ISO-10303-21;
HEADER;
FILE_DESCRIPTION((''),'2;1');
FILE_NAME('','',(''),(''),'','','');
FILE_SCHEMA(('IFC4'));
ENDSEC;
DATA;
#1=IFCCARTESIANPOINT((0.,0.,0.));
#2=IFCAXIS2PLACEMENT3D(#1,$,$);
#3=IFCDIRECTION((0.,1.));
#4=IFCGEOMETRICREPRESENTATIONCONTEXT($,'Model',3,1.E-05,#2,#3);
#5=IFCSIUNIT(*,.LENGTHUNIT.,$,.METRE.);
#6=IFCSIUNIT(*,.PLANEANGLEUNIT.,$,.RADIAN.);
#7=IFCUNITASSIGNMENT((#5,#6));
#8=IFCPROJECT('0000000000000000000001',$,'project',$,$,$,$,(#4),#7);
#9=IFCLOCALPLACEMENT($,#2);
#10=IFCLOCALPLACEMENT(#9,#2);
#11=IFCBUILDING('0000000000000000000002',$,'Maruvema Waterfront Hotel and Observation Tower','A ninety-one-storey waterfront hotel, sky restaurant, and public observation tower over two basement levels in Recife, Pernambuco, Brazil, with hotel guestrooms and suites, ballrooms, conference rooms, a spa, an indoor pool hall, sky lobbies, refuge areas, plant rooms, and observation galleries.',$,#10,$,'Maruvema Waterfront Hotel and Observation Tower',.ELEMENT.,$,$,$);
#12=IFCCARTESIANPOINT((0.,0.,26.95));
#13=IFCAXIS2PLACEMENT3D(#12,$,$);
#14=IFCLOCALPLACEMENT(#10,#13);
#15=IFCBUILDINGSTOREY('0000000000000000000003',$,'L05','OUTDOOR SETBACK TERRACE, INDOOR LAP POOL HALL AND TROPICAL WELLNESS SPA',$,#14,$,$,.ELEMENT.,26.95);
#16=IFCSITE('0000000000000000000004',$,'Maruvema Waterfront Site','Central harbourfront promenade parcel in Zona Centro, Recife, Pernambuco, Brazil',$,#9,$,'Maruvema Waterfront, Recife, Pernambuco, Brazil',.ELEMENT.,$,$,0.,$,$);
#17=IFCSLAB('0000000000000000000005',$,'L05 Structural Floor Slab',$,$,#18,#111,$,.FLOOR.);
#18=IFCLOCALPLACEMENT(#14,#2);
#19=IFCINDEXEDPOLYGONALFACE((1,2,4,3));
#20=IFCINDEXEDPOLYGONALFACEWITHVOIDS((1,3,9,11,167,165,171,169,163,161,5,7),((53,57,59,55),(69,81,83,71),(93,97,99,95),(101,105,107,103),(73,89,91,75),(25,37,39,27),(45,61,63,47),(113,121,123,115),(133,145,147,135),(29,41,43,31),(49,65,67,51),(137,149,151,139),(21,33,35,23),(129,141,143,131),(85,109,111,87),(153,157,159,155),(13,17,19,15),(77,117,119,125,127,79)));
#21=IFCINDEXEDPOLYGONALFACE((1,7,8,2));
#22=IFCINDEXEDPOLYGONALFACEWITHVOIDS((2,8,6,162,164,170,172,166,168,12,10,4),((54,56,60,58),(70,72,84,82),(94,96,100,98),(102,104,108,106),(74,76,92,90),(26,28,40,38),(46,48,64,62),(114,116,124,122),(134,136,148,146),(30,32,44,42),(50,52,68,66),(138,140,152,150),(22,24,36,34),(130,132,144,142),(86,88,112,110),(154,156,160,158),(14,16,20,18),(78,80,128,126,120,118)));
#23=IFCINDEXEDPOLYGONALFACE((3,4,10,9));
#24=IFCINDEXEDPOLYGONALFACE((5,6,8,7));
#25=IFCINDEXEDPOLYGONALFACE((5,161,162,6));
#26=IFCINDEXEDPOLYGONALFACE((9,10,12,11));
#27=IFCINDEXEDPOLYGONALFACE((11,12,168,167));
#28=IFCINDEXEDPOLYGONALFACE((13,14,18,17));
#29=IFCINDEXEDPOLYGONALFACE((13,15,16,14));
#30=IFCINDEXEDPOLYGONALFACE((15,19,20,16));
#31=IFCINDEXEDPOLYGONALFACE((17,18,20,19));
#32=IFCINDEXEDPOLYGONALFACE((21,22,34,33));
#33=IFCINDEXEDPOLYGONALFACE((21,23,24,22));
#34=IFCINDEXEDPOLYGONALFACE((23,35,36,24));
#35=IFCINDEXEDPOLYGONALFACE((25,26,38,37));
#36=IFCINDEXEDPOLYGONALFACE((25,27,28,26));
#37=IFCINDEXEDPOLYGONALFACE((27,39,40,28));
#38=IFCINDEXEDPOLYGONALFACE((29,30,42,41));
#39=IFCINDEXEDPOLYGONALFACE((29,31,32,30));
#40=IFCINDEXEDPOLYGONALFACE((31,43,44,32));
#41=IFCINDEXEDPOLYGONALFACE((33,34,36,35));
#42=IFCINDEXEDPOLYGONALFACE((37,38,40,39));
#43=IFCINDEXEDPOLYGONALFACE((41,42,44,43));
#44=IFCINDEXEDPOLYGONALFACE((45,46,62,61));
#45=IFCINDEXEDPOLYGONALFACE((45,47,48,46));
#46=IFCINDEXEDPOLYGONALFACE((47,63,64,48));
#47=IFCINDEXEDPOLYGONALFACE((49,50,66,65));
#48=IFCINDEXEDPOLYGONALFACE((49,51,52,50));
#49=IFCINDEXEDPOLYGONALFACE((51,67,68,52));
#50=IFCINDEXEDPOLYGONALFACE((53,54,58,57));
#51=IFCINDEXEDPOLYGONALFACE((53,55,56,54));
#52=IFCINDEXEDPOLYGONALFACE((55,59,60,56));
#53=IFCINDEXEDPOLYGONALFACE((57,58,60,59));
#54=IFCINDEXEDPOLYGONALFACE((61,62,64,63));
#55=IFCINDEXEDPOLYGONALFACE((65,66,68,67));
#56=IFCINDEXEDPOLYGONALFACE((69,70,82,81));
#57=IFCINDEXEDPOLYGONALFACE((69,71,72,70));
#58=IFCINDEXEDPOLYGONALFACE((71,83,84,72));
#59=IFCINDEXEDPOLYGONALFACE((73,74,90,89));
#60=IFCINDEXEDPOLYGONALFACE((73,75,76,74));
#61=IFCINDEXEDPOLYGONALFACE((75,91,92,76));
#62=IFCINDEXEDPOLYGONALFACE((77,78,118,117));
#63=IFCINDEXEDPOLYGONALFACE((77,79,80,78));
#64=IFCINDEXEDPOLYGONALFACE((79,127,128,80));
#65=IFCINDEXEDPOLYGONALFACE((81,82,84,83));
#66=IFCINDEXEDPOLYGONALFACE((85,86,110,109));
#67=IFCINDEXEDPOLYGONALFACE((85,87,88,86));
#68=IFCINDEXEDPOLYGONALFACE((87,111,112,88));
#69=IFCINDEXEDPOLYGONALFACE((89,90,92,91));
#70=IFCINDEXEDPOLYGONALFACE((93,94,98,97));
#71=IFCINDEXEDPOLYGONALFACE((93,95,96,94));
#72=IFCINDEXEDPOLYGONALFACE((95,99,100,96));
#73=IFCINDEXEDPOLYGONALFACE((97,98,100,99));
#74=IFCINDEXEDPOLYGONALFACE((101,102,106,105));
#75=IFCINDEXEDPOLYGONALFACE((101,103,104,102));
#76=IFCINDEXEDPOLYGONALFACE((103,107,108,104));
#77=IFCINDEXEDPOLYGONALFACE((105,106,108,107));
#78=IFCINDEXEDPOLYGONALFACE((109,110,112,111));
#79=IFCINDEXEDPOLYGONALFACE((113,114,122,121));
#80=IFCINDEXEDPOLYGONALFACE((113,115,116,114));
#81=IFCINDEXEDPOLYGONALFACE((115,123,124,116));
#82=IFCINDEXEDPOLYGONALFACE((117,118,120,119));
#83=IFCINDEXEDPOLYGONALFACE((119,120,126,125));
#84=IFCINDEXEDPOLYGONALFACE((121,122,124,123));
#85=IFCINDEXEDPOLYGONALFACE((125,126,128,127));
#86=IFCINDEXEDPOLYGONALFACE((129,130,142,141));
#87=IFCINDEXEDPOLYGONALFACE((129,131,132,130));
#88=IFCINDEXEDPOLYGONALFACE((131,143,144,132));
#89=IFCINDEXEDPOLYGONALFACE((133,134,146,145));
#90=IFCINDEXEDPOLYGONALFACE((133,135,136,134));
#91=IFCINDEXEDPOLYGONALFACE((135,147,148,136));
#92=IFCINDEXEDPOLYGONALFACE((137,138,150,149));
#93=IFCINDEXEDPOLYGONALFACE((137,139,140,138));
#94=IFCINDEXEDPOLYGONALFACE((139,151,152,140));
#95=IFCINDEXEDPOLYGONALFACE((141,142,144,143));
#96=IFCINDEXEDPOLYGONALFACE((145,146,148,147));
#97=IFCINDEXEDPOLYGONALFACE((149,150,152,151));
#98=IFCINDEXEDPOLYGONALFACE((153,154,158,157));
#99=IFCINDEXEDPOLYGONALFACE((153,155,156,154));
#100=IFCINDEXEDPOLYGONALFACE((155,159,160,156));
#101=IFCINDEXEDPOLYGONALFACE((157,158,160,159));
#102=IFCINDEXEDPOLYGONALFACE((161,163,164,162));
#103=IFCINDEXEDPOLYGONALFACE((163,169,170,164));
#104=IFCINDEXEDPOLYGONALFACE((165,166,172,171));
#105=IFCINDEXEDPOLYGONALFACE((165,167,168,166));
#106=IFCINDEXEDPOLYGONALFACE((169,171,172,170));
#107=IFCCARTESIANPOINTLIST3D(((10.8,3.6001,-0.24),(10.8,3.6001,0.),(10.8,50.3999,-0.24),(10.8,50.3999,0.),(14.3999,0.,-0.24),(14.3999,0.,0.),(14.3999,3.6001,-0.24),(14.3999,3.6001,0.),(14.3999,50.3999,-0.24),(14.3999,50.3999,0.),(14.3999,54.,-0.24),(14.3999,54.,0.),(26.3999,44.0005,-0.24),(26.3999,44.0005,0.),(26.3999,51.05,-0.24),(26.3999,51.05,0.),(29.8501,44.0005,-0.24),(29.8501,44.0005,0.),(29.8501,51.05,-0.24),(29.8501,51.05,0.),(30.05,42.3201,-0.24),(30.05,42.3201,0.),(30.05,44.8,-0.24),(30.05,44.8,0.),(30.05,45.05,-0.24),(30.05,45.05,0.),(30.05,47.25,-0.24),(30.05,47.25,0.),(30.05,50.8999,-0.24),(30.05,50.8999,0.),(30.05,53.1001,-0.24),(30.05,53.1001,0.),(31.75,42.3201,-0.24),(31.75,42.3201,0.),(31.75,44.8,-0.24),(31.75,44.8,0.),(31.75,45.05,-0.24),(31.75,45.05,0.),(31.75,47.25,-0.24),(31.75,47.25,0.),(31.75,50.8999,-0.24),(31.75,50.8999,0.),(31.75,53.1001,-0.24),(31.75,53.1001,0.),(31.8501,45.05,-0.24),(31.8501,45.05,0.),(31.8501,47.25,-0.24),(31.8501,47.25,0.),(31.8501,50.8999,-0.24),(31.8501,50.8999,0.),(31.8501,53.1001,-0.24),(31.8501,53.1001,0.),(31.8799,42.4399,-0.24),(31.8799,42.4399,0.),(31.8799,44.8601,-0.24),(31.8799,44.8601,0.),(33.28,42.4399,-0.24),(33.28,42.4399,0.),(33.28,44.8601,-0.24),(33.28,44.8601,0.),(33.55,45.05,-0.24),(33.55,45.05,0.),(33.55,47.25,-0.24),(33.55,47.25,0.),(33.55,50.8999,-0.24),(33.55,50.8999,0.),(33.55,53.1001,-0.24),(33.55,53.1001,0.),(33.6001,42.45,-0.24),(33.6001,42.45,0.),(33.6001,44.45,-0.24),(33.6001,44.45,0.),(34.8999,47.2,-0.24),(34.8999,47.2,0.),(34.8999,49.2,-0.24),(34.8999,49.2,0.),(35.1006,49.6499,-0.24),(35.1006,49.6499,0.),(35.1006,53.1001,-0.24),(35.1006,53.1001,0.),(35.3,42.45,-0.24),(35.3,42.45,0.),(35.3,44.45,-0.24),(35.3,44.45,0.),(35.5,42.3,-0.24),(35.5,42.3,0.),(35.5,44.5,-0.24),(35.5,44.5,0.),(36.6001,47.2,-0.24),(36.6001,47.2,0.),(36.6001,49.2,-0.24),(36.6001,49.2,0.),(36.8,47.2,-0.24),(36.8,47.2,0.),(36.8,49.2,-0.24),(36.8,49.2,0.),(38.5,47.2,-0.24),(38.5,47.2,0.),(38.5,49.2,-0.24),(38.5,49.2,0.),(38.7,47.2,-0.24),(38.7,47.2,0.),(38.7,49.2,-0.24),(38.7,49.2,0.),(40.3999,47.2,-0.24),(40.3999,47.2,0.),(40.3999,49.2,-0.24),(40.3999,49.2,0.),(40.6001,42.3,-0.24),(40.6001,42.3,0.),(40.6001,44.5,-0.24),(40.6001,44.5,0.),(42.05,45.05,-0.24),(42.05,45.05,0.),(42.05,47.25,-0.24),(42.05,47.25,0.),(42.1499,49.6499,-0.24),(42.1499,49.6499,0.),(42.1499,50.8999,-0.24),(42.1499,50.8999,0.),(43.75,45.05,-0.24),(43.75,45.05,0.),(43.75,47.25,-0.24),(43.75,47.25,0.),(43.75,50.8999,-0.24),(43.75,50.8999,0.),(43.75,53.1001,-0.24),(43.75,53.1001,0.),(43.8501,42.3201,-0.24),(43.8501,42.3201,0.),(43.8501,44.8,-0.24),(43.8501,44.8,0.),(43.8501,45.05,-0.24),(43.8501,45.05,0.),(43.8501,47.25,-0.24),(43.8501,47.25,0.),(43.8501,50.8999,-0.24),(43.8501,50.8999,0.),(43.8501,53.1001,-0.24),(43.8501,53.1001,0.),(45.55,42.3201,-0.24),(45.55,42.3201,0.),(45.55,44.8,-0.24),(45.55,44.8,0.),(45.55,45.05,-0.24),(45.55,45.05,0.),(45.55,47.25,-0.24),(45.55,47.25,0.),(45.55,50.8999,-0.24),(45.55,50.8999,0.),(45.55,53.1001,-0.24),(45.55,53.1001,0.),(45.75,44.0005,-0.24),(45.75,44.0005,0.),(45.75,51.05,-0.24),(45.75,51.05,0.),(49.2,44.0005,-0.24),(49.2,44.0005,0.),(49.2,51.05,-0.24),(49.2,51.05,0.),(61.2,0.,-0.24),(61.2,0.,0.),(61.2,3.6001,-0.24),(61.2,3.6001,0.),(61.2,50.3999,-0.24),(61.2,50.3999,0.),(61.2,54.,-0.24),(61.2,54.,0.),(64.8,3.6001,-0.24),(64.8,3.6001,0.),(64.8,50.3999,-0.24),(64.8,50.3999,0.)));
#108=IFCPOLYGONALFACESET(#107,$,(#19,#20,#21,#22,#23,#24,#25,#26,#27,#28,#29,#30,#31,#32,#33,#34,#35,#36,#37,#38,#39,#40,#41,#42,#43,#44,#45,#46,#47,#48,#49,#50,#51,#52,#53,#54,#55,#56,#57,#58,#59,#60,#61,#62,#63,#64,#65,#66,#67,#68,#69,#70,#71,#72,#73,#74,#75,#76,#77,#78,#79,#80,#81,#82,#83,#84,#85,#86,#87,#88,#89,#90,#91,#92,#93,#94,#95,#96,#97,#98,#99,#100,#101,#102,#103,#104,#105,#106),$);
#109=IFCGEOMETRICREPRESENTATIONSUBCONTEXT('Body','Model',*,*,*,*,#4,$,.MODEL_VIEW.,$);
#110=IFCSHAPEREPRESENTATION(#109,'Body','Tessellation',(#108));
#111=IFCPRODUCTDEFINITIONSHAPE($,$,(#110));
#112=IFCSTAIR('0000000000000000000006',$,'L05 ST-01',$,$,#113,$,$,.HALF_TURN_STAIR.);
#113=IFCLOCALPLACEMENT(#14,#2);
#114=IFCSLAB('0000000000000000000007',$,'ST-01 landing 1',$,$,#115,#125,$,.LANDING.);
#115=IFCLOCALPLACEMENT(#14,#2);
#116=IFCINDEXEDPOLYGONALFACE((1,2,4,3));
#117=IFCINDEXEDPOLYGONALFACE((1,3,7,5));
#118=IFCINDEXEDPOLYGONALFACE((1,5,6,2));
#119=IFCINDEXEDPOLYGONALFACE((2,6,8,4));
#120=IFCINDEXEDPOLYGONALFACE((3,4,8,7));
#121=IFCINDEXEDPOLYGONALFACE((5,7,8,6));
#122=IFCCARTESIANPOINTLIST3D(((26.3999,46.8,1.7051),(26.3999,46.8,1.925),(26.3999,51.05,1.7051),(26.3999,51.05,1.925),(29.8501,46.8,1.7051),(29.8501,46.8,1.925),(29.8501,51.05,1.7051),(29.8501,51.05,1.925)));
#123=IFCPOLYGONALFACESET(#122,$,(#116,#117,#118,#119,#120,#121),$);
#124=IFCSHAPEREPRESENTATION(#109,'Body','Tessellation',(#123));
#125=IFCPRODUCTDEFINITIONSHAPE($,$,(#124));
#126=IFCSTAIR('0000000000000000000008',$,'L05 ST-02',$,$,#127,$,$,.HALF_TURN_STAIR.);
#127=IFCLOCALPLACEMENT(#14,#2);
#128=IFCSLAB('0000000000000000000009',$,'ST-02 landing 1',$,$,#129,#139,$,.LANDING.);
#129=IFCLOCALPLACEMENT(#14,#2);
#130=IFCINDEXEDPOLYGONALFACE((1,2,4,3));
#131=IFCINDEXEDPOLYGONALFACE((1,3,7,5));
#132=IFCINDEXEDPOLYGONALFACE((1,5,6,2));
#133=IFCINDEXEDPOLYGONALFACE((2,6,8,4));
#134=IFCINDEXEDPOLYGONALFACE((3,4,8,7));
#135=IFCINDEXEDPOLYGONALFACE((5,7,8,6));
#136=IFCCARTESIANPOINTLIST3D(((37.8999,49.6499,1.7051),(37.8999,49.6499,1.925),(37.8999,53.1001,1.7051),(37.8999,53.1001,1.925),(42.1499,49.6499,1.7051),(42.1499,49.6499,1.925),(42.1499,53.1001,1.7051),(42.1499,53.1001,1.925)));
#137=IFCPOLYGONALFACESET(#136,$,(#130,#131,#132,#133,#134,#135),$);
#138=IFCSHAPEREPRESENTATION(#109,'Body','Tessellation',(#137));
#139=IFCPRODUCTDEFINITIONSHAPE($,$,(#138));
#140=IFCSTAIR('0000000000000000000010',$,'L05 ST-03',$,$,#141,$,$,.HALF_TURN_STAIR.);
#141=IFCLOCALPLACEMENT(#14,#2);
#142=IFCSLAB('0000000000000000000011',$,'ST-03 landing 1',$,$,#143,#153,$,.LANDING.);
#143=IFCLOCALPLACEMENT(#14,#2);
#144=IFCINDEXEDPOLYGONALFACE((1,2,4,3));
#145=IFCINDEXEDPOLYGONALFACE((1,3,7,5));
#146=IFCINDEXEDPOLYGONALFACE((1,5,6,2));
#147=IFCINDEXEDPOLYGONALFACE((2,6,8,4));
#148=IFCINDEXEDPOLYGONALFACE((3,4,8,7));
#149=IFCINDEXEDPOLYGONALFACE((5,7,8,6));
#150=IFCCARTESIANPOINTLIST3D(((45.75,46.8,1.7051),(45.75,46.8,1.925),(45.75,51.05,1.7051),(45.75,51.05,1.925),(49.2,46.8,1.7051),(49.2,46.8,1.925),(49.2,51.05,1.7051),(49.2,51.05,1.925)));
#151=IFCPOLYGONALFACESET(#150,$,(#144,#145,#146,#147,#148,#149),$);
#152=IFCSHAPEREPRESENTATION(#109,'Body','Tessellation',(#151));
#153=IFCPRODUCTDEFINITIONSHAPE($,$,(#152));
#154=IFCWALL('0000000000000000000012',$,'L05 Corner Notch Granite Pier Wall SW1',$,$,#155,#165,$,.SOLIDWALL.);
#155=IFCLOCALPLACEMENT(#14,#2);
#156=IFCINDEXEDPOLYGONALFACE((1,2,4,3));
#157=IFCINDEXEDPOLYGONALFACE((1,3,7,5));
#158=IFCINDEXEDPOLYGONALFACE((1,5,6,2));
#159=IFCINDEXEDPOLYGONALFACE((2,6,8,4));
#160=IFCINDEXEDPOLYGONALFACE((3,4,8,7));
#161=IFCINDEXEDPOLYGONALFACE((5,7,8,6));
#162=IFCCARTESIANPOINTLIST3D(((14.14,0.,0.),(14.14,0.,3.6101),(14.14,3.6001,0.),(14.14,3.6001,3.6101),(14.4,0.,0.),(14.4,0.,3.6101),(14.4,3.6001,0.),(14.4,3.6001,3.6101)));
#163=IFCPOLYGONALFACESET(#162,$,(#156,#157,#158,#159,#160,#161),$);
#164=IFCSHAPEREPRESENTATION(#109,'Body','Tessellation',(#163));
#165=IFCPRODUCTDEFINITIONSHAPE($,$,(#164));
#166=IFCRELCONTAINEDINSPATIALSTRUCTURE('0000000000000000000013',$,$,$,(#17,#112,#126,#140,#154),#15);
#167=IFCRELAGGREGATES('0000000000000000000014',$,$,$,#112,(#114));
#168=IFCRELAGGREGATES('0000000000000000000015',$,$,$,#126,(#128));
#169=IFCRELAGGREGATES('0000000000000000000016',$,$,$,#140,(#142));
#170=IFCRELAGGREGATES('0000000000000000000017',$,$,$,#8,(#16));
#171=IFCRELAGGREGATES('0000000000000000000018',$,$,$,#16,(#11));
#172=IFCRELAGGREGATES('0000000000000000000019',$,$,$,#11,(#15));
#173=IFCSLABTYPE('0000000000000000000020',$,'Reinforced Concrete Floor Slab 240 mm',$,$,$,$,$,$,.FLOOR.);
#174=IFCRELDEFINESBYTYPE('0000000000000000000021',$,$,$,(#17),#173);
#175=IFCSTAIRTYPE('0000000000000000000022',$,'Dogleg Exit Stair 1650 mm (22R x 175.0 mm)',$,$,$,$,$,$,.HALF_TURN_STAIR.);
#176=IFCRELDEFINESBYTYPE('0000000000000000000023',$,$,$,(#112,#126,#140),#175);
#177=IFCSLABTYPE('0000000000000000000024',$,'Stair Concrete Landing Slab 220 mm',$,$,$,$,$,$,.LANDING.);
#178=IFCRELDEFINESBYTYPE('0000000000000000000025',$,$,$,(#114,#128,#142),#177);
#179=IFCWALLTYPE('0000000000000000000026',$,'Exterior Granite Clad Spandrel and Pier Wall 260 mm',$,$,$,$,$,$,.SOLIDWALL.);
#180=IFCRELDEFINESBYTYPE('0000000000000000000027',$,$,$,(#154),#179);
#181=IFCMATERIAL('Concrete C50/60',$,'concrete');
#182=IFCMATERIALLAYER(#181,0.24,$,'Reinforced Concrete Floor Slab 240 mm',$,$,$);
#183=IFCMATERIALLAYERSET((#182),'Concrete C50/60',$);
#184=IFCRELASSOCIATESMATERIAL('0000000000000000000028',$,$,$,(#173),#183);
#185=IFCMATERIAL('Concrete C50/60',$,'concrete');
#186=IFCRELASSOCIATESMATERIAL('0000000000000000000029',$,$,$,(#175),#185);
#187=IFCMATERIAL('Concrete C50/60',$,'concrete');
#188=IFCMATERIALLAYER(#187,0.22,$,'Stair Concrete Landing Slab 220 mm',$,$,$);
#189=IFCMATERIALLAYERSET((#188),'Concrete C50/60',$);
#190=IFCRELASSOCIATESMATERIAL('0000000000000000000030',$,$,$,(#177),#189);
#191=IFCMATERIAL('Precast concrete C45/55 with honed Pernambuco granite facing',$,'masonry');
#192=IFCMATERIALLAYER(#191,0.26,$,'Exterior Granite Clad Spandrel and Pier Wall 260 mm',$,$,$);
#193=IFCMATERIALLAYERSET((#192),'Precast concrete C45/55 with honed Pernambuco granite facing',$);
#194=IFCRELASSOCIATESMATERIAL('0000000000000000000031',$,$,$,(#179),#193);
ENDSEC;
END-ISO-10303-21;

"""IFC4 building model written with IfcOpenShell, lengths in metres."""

from ifc_helpers import new_model, si_unit, direction, frame, frame_2d, origin, place, context, subcontext, project, spatial, polyline, rectangle, outline, extrude, material, layer, layer_set, type_object, element, aggregate, save


model = new_model("IFC4")

# Units and contexts
model_context = context("Model", 3, precision=1e-05, world=origin(), true_north=direction((0.0, 1.0)))
body_context = subcontext(model_context, "Body", "Model", "MODEL_VIEW")
ifc_project = project(units=[si_unit("LENGTHUNIT", "METRE"), si_unit("PLANEANGLEUNIT", "RADIAN")], contexts=[model_context])

# Site, building, storey
site_placement = place(None, origin())
site = spatial("IfcSite", under=ifc_project, at=site_placement, Name="Maruvema Waterfront Site", Description="Central harbourfront promenade parcel in Zona Centro, Recife, Pernambuco, Brazil", LongName="Maruvema Waterfront, Recife, Pernambuco, Brazil", CompositionType="ELEMENT", RefElevation=0.0)
building_placement = place(site_placement, origin())
building = spatial("IfcBuilding", under=site, at=building_placement, Name="Maruvema Waterfront Hotel and Observation Tower", Description="A ninety-one-storey waterfront hotel, sky restaurant, and public observation tower over two basement levels in Recife, Pernambuco, Brazil, with hotel guestrooms and suites, ballrooms, conference rooms, a spa, an indoor pool hall, sky lobbies, refuge areas, plant rooms, and observation galleries.", LongName="Maruvema Waterfront Hotel and Observation Tower", CompositionType="ELEMENT")
storey_placement = place(building_placement, frame((0.0, 0.0, 26.95)))
storey = spatial("IfcBuildingStorey", under=building, at=storey_placement, Name="L05", Description="OUTDOOR SETBACK TERRACE, INDOOR LAP POOL HALL AND TROPICAL WELLNESS SPA", CompositionType="ELEMENT", Elevation=26.95)

# Slab
ifc_material_1 = material(Name="Concrete C50/60", Category="concrete")
ifc_layer_1 = layer(ifc_material_1, 0.24, Name="Reinforced Concrete Floor Slab 240 mm")
ifc_layer_set_1 = layer_set([ifc_layer_1], Name="Concrete C50/60")
slab_type_1 = type_object("IfcSlabType", Name="Reinforced Concrete Floor Slab 240 mm", PredefinedType="FLOOR", material=ifc_layer_set_1)
slab_1_placement = place(storey_placement, frame((0.0, 0.0, -0.24)))
element("IfcSlab", 1, at=slab_1_placement, inside=storey, type_object=slab_type_1, Name="L05 Structural Floor Slab", PredefinedType="FLOOR", context=body_context, shape_type="SweptSolid", body=[
    extrude(outline(polyline([(14.3999, 0.0), (61.2, 0.0), (61.2, 3.6001), (64.8, 3.6001), (64.8, 50.3999), (61.2, 50.3999), (61.2, 54.0), (14.3999, 54.0), (14.3999, 50.3999), (10.8, 50.3999), (10.8, 3.6001), (14.3999, 3.6001), (14.3999, 0.0)]), holes=[polyline([(26.3999, 44.0005), (26.3999, 51.05), (29.8501, 51.05), (29.8501, 44.0005), (26.3999, 44.0005)]), polyline([(30.05, 44.8), (31.75, 44.8), (31.75, 42.3201), (30.05, 42.3201), (30.05, 44.8)]), polyline([(31.75, 47.25), (31.75, 45.05), (30.05, 45.05), (30.05, 47.25), (31.75, 47.25)]), polyline([(31.75, 53.1001), (31.75, 50.8999), (30.05, 50.8999), (30.05, 53.1001), (31.75, 53.1001)]), polyline([(33.28, 44.8601), (33.28, 42.4399), (31.8799, 42.4399), (31.8799, 44.8601), (33.28, 44.8601)]), polyline([(31.8501, 47.25), (33.55, 47.25), (33.55, 45.05), (31.8501, 45.05), (31.8501, 47.25)]), polyline([(31.8501, 53.1001), (33.55, 53.1001), (33.55, 50.8999), (31.8501, 50.8999), (31.8501, 53.1001)]), polyline([(33.6001, 44.45), (35.3, 44.45), (35.3, 42.45), (33.6001, 42.45), (33.6001, 44.45)]), polyline([(34.8999, 49.2), (36.6001, 49.2), (36.6001, 47.2), (34.8999, 47.2), (34.8999, 49.2)]), polyline([(38.5, 49.2), (38.5, 47.2), (36.8, 47.2), (36.8, 49.2), (38.5, 49.2)]), polyline([(35.5, 44.5), (40.6001, 44.5), (40.6001, 42.3), (35.5, 42.3), (35.5, 44.5)]), polyline([(43.75, 50.8999), (42.1499, 50.8999), (42.1499, 49.6499), (35.1006, 49.6499), (35.1006, 53.1001), (43.75, 53.1001), (43.75, 50.8999)]), polyline([(40.3999, 49.2), (40.3999, 47.2), (38.7, 47.2), (38.7, 49.2), (40.3999, 49.2)]), polyline([(43.75, 47.25), (43.75, 45.05), (42.05, 45.05), (42.05, 47.25), (43.75, 47.25)]), polyline([(45.55, 44.8), (45.55, 42.3201), (43.8501, 42.3201), (43.8501, 44.8), (45.55, 44.8)]), polyline([(43.8501, 47.25), (45.55, 47.25), (45.55, 45.05), (43.8501, 45.05), (43.8501, 47.25)]), polyline([(45.55, 53.1001), (45.55, 50.8999), (43.8501, 50.8999), (43.8501, 53.1001), (45.55, 53.1001)]), polyline([(45.75, 51.05), (49.2, 51.05), (49.2, 44.0005), (45.75, 44.0005), (45.75, 51.05)])]), origin(), (0.0, 0.0, 1.0), 0.24),
])

# Stairs, slabs
ifc_material_2 = material(Name="Concrete C50/60", Category="concrete")
stair_type = type_object("IfcStairType", Name="Dogleg Exit Stair 1650 mm (22R x 175.0 mm)", PredefinedType="HALF_TURN_STAIR", material=ifc_material_2)
stair_1_placement = place(storey_placement, origin())
stair_1 = element("IfcStair", 2, at=stair_1_placement, inside=storey, type_object=stair_type, Name="L05 ST-01", PredefinedType="HALF_TURN_STAIR")
ifc_material_3 = material(Name="Concrete C50/60", Category="concrete")
ifc_layer_2 = layer(ifc_material_3, 0.22, Name="Stair Concrete Landing Slab 220 mm")
ifc_layer_set_2 = layer_set([ifc_layer_2], Name="Concrete C50/60")
slab_type_2 = type_object("IfcSlabType", Name="Stair Concrete Landing Slab 220 mm", PredefinedType="LANDING", material=ifc_layer_set_2)
slab_2_placement = place(storey_placement, frame((0.0, 0.0, 1.7051)))
slab_2 = element("IfcSlab", 3, at=slab_2_placement, type_object=slab_type_2, Name="ST-01 landing 1", PredefinedType="LANDING", context=body_context, shape_type="SweptSolid", body=[
    extrude(outline(polyline([(29.8501, 46.8), (29.8501, 51.05), (26.3999, 51.05), (26.3999, 46.8), (29.8501, 46.8)])), origin(), (0.0, 0.0, 1.0), 0.22),
])
aggregate(stair_1, [slab_2])
stair_2_placement = place(storey_placement, origin())
stair_2 = element("IfcStair", 4, at=stair_2_placement, inside=storey, type_object=stair_type, Name="L05 ST-02", PredefinedType="HALF_TURN_STAIR")
slab_3_placement = place(storey_placement, frame((0.0, 0.0, 1.7051)))
slab_3 = element("IfcSlab", 5, at=slab_3_placement, type_object=slab_type_2, Name="ST-02 landing 1", PredefinedType="LANDING", context=body_context, shape_type="SweptSolid", body=[
    extrude(outline(polyline([(37.8999, 49.6499), (42.1499, 49.6499), (42.1499, 53.1001), (37.8999, 53.1001), (37.8999, 49.6499)])), origin(), (0.0, 0.0, 1.0), 0.22),
])
aggregate(stair_2, [slab_3])
stair_3_placement = place(storey_placement, origin())
stair_3 = element("IfcStair", 6, at=stair_3_placement, inside=storey, type_object=stair_type, Name="L05 ST-03", PredefinedType="HALF_TURN_STAIR")
slab_4_placement = place(storey_placement, frame((0.0, 0.0, 1.7051)))
slab_4 = element("IfcSlab", 7, at=slab_4_placement, type_object=slab_type_2, Name="ST-03 landing 1", PredefinedType="LANDING", context=body_context, shape_type="SweptSolid", body=[
    extrude(outline(polyline([(49.2, 46.8), (49.2, 51.05), (45.75, 51.05), (45.75, 46.8), (49.2, 46.8)])), origin(), (0.0, 0.0, 1.0), 0.22),
])
aggregate(stair_3, [slab_4])

# Wall
ifc_material_4 = material(Name="Precast concrete C45/55 with honed Pernambuco granite facing", Category="masonry")
ifc_layer_3 = layer(ifc_material_4, 0.26, Name="Exterior Granite Clad Spandrel and Pier Wall 260 mm")
ifc_layer_set_3 = layer_set([ifc_layer_3], Name="Precast concrete C45/55 with honed Pernambuco granite facing")
wall_type = type_object("IfcWallType", Name="Exterior Granite Clad Spandrel and Pier Wall 260 mm", PredefinedType="SOLIDWALL", material=ifc_layer_set_3)
wall_1_placement = place(storey_placement, frame((14.27, 0.0, 0.0), z_axis=(0.0, 0.0, 1.0), x_axis=(0.0, 1.0, 0.0)))
element("IfcWall", 8, at=wall_1_placement, inside=storey, type_object=wall_type, Name="L05 Corner Notch Granite Pier Wall SW1", PredefinedType="SOLIDWALL", context=body_context, shape_type="SweptSolid", body=[
    extrude(rectangle(XDim=3.6001, YDim=0.26, at=frame_2d((1.8, 0.0))), origin(), (0.0, 0.0, 1.0), 3.6101),
])

save(model, "model.ifc")
